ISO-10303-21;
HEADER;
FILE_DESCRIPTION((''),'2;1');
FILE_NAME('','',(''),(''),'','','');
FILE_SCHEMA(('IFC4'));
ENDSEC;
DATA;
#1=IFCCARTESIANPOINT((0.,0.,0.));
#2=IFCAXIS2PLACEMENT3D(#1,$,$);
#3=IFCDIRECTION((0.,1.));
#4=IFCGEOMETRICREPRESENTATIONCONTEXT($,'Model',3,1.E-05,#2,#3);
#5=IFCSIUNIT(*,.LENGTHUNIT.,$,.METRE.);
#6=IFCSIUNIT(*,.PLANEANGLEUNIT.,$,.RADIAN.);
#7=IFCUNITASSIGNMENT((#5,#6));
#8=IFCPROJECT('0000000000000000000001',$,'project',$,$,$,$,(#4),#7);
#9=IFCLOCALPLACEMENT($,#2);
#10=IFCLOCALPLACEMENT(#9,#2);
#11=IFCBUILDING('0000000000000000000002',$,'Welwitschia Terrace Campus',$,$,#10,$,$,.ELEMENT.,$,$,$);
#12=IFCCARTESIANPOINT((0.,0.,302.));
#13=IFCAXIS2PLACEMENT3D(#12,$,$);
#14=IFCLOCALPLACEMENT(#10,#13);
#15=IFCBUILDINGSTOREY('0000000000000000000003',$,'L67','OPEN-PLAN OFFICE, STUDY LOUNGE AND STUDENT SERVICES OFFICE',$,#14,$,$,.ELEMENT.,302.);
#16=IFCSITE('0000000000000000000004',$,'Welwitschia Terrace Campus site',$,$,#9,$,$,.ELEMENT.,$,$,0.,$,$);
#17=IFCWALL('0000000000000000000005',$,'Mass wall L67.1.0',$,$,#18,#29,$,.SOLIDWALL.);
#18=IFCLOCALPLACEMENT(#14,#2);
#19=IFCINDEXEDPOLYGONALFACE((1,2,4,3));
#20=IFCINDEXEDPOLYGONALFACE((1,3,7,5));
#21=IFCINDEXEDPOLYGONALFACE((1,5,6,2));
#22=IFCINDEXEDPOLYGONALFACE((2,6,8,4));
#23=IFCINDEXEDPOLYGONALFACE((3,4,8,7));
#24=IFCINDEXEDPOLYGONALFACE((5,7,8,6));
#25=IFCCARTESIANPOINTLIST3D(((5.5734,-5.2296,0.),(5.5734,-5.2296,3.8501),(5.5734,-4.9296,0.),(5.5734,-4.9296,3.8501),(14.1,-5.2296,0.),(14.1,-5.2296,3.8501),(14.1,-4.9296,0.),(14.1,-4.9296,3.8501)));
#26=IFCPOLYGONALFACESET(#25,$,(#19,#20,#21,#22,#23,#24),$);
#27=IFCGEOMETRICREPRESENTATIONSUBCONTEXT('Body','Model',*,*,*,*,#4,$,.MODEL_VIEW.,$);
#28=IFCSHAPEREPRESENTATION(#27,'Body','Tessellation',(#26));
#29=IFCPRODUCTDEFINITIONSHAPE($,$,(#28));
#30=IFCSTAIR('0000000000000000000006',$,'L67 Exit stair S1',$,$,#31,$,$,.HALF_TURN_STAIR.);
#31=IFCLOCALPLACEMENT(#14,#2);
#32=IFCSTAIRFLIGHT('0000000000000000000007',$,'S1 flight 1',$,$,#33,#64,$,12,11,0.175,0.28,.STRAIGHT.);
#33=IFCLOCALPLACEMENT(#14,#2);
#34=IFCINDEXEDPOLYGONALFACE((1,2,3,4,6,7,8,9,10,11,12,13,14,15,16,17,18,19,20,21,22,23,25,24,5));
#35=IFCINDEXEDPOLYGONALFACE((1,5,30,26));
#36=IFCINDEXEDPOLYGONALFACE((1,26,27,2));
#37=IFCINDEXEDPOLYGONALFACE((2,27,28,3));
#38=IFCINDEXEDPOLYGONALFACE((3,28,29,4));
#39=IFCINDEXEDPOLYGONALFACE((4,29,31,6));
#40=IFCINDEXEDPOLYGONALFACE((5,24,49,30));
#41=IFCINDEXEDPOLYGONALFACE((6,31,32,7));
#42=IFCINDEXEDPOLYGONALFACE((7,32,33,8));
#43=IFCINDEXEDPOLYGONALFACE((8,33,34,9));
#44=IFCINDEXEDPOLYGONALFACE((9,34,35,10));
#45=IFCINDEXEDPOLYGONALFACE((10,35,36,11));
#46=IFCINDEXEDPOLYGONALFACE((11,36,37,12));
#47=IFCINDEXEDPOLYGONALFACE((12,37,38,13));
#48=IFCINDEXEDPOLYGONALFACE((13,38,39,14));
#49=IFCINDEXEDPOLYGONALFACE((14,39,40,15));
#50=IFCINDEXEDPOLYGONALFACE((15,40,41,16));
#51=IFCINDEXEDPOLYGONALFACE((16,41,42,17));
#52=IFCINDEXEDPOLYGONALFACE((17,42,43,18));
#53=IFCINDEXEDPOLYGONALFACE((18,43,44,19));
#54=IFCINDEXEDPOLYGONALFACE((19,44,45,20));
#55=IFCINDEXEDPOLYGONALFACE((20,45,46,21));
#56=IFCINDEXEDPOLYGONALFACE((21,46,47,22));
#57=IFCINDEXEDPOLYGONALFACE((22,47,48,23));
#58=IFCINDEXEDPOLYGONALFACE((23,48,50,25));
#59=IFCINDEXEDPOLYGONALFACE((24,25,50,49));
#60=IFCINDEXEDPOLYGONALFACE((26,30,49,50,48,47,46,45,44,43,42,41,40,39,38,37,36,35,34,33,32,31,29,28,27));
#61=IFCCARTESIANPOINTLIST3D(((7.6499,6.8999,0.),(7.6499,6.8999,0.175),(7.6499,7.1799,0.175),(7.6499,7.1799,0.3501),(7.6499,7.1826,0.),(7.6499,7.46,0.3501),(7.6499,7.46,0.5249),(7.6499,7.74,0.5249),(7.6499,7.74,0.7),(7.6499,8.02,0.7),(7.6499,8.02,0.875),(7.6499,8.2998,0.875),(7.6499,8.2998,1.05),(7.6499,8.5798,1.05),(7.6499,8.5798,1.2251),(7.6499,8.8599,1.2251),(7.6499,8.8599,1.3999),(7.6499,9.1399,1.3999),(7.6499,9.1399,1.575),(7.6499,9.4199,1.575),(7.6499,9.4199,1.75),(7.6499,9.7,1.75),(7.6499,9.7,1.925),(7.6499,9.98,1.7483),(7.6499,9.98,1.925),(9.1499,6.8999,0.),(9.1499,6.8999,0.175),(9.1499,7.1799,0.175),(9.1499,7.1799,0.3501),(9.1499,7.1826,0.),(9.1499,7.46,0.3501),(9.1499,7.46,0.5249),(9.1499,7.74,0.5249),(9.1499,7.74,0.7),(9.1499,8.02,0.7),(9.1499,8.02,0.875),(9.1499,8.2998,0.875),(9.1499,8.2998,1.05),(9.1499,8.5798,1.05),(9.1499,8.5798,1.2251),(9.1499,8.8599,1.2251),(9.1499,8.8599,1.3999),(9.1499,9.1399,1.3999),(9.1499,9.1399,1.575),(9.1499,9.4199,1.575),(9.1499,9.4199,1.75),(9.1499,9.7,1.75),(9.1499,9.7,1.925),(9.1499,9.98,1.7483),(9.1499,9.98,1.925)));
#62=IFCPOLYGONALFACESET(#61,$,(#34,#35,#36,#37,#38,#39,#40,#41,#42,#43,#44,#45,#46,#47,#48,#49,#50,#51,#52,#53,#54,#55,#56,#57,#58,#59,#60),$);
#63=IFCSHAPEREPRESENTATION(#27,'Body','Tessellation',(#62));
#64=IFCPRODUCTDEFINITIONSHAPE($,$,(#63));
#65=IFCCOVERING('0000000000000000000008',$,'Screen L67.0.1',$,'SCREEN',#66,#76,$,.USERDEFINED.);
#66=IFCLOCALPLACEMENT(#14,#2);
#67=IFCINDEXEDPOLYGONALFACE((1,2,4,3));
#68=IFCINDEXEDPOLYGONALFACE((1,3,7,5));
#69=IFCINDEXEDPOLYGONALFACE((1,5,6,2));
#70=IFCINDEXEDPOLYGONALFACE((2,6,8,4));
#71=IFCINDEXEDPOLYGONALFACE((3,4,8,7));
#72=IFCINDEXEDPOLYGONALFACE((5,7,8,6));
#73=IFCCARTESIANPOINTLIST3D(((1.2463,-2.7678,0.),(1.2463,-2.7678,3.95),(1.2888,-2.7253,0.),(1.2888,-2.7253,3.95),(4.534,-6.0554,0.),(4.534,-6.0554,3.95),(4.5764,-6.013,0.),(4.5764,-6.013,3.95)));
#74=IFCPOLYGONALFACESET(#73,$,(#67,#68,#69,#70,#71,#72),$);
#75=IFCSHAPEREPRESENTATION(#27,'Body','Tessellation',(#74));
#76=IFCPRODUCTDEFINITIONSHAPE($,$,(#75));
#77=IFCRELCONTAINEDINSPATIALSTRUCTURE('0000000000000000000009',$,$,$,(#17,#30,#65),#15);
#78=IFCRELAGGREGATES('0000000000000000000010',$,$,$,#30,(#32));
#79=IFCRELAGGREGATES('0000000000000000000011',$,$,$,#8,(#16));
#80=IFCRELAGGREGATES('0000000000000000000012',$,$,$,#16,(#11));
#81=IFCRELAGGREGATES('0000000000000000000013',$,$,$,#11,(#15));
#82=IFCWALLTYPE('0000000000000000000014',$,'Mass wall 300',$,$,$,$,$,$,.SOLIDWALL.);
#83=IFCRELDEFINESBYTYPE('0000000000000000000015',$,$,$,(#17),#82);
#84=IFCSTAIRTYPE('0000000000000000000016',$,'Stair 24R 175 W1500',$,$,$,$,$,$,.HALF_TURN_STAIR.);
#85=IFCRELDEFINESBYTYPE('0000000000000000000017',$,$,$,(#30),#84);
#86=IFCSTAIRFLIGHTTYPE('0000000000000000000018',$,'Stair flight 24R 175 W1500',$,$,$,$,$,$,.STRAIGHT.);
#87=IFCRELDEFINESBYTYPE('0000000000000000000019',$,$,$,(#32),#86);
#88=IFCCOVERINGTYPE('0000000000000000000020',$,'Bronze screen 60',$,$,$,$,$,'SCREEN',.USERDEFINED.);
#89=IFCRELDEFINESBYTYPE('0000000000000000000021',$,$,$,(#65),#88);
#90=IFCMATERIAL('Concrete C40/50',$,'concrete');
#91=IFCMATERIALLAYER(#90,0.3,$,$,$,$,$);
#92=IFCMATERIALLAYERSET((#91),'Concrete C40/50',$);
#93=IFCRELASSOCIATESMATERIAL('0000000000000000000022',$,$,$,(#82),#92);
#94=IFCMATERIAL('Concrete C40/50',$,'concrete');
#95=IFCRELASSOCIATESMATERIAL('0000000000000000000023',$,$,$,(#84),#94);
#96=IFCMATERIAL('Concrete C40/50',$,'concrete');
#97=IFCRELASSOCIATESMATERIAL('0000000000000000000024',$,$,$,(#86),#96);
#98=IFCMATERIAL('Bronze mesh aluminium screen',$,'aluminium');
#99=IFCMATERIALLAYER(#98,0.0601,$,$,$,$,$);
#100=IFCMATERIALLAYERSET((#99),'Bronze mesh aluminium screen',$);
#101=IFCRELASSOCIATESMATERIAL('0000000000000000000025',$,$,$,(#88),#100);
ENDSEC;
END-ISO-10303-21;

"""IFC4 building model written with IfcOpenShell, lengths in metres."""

from ifc_helpers import new_model, si_unit, direction, frame, frame_2d, origin, origin_2d, place, context, subcontext, project, spatial, polyline, rectangle, outline, extrude, material, layer, layer_set, type_object, element, aggregate, save


model = new_model("IFC4")

# Units and contexts
model_context = context("Model", 3, precision=1e-05, world=origin(), true_north=direction((0.0, 1.0)))
body_context = subcontext(model_context, "Body", "Model", "MODEL_VIEW")
ifc_project = project(units=[si_unit("LENGTHUNIT", "METRE"), si_unit("PLANEANGLEUNIT", "RADIAN")], contexts=[model_context])

# Site, building, storey
site_placement = place(None, origin())
site = spatial("IfcSite", under=ifc_project, at=site_placement, Name="Welwitschia Terrace Campus site", CompositionType="ELEMENT", RefElevation=0.0)
building_placement = place(site_placement, origin())
building = spatial("IfcBuilding", under=site, at=building_placement, Name="Welwitschia Terrace Campus", CompositionType="ELEMENT")
storey_placement = place(building_placement, frame((0.0, 0.0, 302.0)))
storey = spatial("IfcBuildingStorey", under=building, at=storey_placement, Name="L67", Description="OPEN-PLAN OFFICE, STUDY LOUNGE AND STUDENT SERVICES OFFICE", CompositionType="ELEMENT", Elevation=302.0)

# Wall
ifc_material_1 = material(Name="Concrete C40/50", Category="concrete")
ifc_layer_1 = layer(ifc_material_1, 0.3)
ifc_layer_set_1 = layer_set([ifc_layer_1], Name="Concrete C40/50")
wall_type_1 = type_object("IfcWallType", Name="Mass wall 300", PredefinedType="SOLIDWALL", material=ifc_layer_set_1)
wall_1_placement = place(storey_placement, frame((5.5735, -5.0796, 0.0), z_axis=(0.0, 0.0, 1.0), x_axis=(1.0, 0.0, 0.0)))
element("IfcWall", 1, at=wall_1_placement, inside=storey, type_object=wall_type_1, Name="Mass wall L67.1.0", PredefinedType="SOLIDWALL", context=body_context, shape_type="SweptSolid", body=[
    extrude(rectangle(XDim=8.5266, YDim=0.3, at=frame_2d((4.2632, 0.0))), origin(), (0.0, 0.0, 1.0), 3.8501),
])

# Stair, stair flight
ifc_material_2 = material(Name="Concrete C40/50", Category="concrete")
stair_type = type_object("IfcStairType", Name="Stair 24R 175 W1500", PredefinedType="HALF_TURN_STAIR", material=ifc_material_2)
stair_placement = place(storey_placement, origin())
stair = element("IfcStair", 2, at=stair_placement, inside=storey, type_object=stair_type, Name="L67 Exit stair S1", PredefinedType="HALF_TURN_STAIR")
ifc_material_3 = material(Name="Concrete C40/50", Category="concrete")
stair_flight_type = type_object("IfcStairFlightType", Name="Stair flight 24R 175 W1500", PredefinedType="STRAIGHT", material=ifc_material_3)
stair_flight_placement = place(storey_placement, frame((8.3999, 6.8999, 0.0), z_axis=(0.0, 0.0, 1.0), x_axis=(0.0, 1.0, 0.0)))
stair_flight = element("IfcStairFlight", 3, at=stair_flight_placement, type_object=stair_flight_type, Name="S1 flight 1", NumberOfRisers=12, NumberOfTreads=11, PredefinedType="STRAIGHT", RiserHeight=0.175, TreadLength=0.28, context=body_context, shape_type="SweptSolid", body=[
    extrude(outline(polyline([(0.0, 0.0), (0.0, 0.175), (0.28, 0.175), (0.28, 0.3501), (0.5601, 0.3501), (0.5601, 0.5249), (0.8401, 0.5249), (0.8401, 0.7), (1.1201, 0.7), (1.1201, 0.875), (1.3999, 0.875), (1.3999, 1.05), (1.6799, 1.05), (1.6799, 1.2251), (1.96, 1.2251), (1.96, 1.3999), (2.24, 1.3999), (2.24, 1.575), (2.52, 1.575), (2.52, 1.75), (2.8, 1.75), (2.8, 1.925), (3.0801, 1.925), (3.0801, 2.1001), (3.0801, 1.7483), (0.2827, 0.0), (0.0, 0.0)])), frame((0.0, 0.75, 0.0), z_axis=(0.0, -1.0, 0.0), x_axis=(1.0, 0.0, 0.0)), (0.0, 0.0, 1.0), 1.5),
])
aggregate(stair, [stair_flight])

# Covering
ifc_material_4 = material(Name="Bronze mesh aluminium screen", Category="aluminium")
ifc_layer_2 = layer(ifc_material_4, 0.0601)
ifc_layer_set_2 = layer_set([ifc_layer_2], Name="Bronze mesh aluminium screen")
covering_type = type_object("IfcCoveringType", Name="Bronze screen 60", ElementType="SCREEN", PredefinedType="USERDEFINED", material=ifc_layer_set_2)
covering_placement = place(storey_placement, frame((2.9114, -4.3904, 0.0), z_axis=(0.0, 0.0, 1.0), x_axis=(0.707107, -0.707107, 0.0)))
element("IfcCovering", 4, at=covering_placement, inside=storey, type_object=covering_type, Name="Screen L67.0.1", ObjectType="SCREEN", PredefinedType="USERDEFINED", context=body_context, shape_type="SweptSolid", body=[
    extrude(rectangle(XDim=4.6494, YDim=0.0601, at=origin_2d()), origin(), (0.0, 0.0, 1.0), 3.95),
])

save(model, "model.ifc")
